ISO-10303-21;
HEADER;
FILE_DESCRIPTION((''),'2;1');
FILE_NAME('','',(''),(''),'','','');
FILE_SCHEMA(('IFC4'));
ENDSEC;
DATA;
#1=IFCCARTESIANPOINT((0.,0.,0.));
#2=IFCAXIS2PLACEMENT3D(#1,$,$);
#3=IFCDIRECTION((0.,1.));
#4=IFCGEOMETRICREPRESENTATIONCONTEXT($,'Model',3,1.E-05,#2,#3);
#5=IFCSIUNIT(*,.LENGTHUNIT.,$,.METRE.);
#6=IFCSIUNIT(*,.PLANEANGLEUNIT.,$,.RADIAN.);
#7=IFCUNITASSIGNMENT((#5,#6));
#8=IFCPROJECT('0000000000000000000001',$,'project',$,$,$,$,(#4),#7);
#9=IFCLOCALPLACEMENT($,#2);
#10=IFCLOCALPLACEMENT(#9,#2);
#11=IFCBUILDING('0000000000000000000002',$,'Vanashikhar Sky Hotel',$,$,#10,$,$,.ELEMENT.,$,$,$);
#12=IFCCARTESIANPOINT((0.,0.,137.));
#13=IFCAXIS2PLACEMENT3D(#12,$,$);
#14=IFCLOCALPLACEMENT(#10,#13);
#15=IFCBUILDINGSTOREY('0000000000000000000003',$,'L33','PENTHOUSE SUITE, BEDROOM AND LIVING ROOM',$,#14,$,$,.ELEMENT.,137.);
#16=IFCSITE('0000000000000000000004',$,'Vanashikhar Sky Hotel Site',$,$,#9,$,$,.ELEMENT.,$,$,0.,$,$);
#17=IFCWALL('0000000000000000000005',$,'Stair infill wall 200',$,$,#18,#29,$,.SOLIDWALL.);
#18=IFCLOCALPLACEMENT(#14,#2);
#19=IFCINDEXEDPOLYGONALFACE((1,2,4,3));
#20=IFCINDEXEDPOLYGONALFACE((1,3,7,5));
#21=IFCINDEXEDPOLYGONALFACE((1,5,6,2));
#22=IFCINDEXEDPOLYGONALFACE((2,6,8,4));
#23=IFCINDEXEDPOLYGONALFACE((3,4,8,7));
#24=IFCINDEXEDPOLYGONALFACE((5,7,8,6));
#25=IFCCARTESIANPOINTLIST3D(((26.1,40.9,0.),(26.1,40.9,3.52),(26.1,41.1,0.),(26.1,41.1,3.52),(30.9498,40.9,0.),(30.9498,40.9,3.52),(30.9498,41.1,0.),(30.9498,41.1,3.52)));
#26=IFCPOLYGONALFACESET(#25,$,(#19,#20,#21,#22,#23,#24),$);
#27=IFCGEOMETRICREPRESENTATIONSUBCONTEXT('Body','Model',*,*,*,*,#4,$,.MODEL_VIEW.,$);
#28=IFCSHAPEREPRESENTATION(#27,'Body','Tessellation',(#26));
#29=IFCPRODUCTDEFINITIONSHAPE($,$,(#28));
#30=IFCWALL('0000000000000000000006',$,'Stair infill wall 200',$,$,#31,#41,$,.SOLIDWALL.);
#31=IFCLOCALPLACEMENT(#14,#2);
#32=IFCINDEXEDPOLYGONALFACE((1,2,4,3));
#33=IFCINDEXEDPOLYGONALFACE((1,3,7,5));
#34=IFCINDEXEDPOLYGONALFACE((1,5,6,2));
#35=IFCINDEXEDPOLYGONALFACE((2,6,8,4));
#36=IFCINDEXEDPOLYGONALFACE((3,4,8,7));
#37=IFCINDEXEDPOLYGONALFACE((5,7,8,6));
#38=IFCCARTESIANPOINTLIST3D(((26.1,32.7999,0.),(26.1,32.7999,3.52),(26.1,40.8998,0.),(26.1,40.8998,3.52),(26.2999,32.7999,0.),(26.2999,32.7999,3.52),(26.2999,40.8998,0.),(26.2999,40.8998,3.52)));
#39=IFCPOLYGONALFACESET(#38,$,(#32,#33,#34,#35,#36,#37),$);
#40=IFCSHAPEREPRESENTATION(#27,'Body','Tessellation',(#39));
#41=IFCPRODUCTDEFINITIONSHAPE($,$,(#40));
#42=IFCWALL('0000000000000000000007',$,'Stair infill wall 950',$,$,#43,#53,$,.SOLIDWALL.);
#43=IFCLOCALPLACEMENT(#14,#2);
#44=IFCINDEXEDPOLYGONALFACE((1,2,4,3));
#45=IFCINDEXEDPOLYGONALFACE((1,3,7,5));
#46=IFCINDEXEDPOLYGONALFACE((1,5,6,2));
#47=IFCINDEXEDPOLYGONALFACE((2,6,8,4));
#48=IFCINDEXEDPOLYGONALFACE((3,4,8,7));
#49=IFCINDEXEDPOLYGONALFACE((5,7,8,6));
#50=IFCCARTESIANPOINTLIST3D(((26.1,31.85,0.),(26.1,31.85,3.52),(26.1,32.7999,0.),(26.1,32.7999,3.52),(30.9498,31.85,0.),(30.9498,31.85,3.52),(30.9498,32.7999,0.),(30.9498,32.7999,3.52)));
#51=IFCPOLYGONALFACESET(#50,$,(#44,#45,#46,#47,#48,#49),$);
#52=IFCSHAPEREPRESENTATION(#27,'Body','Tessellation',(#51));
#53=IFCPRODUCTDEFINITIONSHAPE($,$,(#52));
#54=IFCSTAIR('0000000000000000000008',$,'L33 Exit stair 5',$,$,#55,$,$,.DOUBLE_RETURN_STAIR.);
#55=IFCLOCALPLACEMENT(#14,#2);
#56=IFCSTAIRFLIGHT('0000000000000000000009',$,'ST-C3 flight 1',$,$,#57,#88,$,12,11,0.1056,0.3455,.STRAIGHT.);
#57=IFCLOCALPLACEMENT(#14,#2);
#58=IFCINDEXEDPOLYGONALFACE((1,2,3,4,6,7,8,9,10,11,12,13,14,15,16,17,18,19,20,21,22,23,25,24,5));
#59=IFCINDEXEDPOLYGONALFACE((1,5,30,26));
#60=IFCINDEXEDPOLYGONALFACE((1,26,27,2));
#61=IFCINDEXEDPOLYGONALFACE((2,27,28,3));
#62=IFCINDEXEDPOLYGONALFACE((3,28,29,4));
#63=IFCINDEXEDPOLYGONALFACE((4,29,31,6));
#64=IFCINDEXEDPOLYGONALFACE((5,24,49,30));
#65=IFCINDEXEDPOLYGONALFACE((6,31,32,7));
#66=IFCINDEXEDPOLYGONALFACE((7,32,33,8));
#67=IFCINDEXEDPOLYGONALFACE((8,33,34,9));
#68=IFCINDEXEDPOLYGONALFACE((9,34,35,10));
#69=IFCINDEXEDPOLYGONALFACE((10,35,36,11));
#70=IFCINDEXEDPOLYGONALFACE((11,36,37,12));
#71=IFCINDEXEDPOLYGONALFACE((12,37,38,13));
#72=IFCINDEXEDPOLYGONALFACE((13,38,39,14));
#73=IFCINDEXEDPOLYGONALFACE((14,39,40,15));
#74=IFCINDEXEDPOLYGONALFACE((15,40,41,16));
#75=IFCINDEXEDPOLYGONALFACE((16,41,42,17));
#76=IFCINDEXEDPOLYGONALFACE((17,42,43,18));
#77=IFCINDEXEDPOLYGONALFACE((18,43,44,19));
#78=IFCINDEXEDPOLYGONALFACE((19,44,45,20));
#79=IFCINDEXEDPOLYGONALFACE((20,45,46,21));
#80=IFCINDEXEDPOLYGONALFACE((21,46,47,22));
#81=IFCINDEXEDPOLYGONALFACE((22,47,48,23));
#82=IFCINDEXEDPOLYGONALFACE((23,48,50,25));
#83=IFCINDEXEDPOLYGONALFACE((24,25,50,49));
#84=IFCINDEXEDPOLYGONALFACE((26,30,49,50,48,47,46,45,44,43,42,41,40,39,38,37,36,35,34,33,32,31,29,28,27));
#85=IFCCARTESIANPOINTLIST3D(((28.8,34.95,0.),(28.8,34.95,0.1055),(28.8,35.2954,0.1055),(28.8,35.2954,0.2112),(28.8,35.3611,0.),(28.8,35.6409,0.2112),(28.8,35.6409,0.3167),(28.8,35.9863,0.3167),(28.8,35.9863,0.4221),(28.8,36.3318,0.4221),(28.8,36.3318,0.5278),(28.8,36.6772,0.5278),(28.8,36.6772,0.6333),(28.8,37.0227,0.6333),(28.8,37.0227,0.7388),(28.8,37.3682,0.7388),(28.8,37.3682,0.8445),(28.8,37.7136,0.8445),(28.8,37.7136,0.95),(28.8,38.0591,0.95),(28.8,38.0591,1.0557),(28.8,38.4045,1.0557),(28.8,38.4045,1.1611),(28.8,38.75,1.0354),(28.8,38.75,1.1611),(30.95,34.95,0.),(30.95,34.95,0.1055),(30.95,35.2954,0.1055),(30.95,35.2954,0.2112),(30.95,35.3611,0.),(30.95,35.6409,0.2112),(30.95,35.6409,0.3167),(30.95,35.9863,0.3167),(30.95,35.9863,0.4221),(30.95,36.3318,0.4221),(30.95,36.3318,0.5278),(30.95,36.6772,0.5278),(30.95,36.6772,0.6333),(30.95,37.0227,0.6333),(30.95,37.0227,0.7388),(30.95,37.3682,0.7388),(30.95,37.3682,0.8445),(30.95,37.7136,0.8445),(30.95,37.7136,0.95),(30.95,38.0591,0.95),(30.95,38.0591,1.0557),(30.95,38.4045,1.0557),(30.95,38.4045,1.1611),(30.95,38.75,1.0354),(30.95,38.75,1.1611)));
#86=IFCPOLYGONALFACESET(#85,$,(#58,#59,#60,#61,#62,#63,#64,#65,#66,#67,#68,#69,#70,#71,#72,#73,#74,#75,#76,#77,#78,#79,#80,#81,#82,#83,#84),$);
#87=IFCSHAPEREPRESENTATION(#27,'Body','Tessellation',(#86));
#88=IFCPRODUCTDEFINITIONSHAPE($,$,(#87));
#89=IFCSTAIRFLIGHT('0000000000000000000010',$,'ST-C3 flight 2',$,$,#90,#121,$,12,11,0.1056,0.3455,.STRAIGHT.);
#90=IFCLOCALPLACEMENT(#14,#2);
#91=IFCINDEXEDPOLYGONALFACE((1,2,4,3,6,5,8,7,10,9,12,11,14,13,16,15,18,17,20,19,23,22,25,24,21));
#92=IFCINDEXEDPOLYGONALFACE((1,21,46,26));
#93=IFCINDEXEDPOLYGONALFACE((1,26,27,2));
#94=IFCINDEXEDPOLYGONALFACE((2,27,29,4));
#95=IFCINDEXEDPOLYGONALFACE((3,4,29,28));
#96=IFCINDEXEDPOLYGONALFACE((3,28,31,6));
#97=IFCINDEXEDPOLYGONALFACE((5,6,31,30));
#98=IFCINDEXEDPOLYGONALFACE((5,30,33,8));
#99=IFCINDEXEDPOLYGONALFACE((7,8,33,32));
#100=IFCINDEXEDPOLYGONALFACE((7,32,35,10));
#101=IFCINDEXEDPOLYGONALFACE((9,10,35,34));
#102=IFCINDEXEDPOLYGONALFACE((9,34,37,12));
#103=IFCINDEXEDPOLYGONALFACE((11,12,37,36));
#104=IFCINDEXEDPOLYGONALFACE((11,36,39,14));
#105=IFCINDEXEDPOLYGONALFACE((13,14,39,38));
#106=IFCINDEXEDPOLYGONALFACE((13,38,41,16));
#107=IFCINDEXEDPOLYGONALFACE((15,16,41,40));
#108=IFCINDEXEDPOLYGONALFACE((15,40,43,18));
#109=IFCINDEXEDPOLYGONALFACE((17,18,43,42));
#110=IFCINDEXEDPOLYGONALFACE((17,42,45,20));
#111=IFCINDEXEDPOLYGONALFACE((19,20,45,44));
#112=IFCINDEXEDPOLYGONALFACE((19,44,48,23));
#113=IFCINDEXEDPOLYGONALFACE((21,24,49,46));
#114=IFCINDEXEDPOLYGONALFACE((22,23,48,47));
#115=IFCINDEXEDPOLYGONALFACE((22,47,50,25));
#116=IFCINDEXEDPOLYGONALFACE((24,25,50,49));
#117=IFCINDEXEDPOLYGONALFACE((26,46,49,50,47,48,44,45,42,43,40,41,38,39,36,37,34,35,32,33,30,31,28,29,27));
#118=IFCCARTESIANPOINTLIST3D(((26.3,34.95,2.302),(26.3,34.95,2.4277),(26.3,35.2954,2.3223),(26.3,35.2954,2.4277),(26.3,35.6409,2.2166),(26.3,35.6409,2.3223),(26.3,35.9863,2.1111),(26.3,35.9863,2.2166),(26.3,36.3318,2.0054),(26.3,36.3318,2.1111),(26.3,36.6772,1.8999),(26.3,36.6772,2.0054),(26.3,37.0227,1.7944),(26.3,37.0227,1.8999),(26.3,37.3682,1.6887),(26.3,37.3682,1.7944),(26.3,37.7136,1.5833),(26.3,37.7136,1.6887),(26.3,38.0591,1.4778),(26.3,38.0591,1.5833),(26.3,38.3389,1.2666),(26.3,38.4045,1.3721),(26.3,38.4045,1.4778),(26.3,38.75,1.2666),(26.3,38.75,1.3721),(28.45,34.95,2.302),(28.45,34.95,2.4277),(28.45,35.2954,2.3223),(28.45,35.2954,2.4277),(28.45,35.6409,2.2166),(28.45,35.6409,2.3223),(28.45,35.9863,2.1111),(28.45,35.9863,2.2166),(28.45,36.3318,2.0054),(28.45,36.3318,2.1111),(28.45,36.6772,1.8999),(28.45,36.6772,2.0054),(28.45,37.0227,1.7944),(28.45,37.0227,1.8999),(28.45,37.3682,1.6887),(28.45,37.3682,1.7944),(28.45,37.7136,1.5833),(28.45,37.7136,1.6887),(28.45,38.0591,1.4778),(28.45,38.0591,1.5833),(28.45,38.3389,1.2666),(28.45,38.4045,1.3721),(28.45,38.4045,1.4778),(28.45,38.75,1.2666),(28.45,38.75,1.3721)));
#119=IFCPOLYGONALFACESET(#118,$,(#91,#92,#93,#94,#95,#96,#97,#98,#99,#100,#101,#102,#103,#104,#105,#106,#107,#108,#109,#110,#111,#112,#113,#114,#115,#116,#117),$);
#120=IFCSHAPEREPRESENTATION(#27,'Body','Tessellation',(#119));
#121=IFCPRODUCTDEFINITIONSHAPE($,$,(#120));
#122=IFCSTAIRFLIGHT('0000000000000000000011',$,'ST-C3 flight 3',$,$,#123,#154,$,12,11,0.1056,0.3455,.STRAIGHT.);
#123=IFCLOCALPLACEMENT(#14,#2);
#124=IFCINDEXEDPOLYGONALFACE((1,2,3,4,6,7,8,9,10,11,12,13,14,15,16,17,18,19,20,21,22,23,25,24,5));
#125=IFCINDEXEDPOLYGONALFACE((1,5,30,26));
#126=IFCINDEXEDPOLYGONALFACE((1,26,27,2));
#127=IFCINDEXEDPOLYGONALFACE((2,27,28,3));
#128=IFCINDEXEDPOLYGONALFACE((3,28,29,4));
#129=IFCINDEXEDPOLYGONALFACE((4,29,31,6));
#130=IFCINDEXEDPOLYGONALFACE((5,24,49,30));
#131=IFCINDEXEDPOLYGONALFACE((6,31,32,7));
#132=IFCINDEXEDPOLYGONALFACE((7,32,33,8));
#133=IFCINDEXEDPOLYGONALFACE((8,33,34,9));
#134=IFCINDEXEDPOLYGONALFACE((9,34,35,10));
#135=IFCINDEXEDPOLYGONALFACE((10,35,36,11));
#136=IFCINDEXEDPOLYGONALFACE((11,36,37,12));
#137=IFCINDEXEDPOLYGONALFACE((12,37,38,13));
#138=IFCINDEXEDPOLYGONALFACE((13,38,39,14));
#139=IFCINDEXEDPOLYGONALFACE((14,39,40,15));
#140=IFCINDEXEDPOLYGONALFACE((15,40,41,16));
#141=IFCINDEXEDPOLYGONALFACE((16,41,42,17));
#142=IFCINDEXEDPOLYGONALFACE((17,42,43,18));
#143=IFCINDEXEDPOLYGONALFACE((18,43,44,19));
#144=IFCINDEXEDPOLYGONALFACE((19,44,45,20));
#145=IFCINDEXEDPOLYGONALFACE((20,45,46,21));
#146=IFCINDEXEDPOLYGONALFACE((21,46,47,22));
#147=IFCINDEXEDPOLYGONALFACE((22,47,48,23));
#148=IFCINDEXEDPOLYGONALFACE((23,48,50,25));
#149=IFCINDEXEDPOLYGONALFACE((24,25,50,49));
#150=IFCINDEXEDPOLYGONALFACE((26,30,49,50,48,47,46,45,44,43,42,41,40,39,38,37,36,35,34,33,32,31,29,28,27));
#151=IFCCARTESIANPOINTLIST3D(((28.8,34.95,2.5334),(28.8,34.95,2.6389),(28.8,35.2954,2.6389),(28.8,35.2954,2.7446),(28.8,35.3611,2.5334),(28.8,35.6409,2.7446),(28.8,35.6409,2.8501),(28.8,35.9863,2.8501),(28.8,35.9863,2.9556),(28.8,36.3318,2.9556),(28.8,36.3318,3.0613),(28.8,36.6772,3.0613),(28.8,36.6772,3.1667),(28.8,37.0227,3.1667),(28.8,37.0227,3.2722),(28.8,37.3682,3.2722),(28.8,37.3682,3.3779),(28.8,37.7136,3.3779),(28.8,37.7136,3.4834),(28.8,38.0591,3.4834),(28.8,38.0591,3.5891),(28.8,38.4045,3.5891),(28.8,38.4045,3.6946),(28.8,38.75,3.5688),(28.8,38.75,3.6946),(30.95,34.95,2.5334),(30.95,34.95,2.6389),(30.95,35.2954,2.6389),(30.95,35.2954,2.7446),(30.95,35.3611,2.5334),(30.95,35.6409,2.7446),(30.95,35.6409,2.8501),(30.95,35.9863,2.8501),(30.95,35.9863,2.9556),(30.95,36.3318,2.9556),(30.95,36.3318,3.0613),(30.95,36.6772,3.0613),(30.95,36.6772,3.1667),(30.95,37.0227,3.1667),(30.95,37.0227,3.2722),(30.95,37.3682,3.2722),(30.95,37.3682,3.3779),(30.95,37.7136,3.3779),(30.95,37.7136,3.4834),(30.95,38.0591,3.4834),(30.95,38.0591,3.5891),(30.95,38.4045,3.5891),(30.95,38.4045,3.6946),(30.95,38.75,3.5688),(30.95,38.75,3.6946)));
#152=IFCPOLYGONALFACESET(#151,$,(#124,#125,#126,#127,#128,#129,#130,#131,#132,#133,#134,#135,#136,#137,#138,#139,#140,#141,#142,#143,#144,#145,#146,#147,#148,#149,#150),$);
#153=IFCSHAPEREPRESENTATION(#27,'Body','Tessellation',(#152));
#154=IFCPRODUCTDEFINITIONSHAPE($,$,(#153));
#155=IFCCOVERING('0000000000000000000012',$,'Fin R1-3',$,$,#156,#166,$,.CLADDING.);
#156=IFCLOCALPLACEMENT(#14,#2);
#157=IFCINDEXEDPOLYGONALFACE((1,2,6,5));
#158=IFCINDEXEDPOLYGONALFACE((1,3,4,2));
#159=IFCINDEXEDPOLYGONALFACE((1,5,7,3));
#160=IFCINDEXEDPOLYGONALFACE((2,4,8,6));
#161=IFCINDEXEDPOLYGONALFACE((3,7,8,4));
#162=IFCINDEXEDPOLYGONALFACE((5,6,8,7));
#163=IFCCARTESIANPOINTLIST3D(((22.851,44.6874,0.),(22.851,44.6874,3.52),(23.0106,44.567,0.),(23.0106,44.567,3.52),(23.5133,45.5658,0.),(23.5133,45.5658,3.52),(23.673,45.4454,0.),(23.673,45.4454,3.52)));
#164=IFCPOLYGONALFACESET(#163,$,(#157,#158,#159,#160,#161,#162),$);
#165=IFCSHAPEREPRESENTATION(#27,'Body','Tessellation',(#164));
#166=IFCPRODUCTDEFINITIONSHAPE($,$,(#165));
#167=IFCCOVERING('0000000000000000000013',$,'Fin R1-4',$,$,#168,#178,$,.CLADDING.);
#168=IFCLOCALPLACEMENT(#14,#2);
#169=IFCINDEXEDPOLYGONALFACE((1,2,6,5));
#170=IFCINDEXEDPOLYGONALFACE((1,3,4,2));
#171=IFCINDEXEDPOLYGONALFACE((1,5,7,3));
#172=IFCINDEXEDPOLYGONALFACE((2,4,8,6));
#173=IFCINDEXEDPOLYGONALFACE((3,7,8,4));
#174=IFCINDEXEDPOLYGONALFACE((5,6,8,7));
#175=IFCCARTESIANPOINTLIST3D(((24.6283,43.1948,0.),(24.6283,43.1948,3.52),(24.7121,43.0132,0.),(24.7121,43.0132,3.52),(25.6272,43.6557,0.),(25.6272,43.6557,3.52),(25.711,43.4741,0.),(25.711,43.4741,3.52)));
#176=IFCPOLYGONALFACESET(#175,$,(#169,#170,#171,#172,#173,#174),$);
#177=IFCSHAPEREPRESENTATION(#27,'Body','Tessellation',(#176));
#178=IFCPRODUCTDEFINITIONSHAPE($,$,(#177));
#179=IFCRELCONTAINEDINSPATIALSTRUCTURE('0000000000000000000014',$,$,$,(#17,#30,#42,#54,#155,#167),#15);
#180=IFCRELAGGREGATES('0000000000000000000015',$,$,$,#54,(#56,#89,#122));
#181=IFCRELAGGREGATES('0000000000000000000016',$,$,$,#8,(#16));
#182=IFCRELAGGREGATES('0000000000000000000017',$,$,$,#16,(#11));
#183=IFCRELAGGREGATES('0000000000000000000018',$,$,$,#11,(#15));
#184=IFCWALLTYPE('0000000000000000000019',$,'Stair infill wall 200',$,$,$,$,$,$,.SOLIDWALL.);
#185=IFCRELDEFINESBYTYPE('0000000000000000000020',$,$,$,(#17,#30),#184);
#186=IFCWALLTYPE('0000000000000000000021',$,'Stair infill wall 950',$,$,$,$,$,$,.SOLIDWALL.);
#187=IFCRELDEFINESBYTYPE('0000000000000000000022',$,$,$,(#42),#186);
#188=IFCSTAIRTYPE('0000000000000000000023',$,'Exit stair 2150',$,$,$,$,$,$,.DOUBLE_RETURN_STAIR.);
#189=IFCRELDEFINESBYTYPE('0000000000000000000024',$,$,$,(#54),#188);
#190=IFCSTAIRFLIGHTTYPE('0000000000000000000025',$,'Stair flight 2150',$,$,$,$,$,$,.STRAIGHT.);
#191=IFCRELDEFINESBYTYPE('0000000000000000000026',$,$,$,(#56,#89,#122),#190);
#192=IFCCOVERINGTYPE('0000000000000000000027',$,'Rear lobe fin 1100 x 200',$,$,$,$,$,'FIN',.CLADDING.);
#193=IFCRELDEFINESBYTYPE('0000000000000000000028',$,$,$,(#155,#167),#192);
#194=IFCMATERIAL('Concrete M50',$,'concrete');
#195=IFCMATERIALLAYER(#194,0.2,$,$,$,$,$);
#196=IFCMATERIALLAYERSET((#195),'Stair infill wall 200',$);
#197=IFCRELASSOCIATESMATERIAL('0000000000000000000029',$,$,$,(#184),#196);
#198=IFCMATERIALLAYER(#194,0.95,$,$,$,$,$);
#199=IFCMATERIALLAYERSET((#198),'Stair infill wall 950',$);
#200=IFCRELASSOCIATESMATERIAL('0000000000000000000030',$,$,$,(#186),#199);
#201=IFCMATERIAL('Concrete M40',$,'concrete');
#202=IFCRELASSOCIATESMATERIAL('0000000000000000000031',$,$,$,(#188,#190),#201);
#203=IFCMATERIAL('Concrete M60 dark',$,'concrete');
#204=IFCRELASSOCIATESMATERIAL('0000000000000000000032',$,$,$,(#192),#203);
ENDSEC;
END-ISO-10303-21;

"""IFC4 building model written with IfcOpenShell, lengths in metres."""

from ifc_helpers import new_model, si_unit, direction, frame, frame_2d, origin, origin_2d, place, context, subcontext, project, spatial, polyline, rectangle, outline, extrude, source, transform, mapped, material, layer, layer_set, material_profile, profile_set, type_object, element, aggregate, save


model = new_model("IFC4")

# Units and contexts
model_context = context("Model", 3, precision=1e-05, world=origin(), true_north=direction((0.0, 1.0)))
body_context = subcontext(model_context, "Body", "Model", "MODEL_VIEW")
ifc_project = project(units=[si_unit("LENGTHUNIT", "METRE"), si_unit("PLANEANGLEUNIT", "RADIAN")], contexts=[model_context])

# Site, building, storey
site_placement = place(None, origin())
site = spatial("IfcSite", under=ifc_project, at=site_placement, Name="Vanashikhar Sky Hotel Site", CompositionType="ELEMENT", RefElevation=0.0)
building_placement = place(site_placement, origin())
building = spatial("IfcBuilding", under=site, at=building_placement, Name="Vanashikhar Sky Hotel", CompositionType="ELEMENT")
storey_placement = place(building_placement, frame((0.0, 0.0, 137.0)))
storey = spatial("IfcBuildingStorey", under=building, at=storey_placement, Name="L33", Description="PENTHOUSE SUITE, BEDROOM AND LIVING ROOM", CompositionType="ELEMENT", Elevation=137.0)

# Shared definitions
ifc_material_1 = material(Name="Concrete M50", Category="concrete")

# Shared definitions
ifc_material_2 = material(Name="Concrete M40", Category="concrete")

# Walls
ifc_layer_1 = layer(ifc_material_1, 0.2)
ifc_layer_set_1 = layer_set([ifc_layer_1], Name="Stair infill wall 200")
wall_type_1 = type_object("IfcWallType", Name="Stair infill wall 200", PredefinedType="SOLIDWALL", material=ifc_layer_set_1)
shared_shape_1 = source(origin(), body_context, "Body", "SweptSolid", [
    extrude(rectangle(XDim=4.8499, YDim=0.2, at=frame_2d((2.4248, 0.0))), origin(), (0.0, 0.0, 1.0), 3.52),
])
wall_1_placement = place(storey_placement, frame((26.1001, 41.0, 0.0), z_axis=(0.0, 0.0, 1.0), x_axis=(1.0, 0.0, 0.0)))
element("IfcWall", 1, at=wall_1_placement, inside=storey, type_object=wall_type_1, Name="Stair infill wall 200", PredefinedType="SOLIDWALL", context=body_context, shape_type="MappedRepresentation", body=[
    mapped(shared_shape_1, transform((0.0, 0.0, 0.0), scale=1.0)),
])
shared_shape_2 = source(origin(), body_context, "Body", "SweptSolid", [
    extrude(rectangle(XDim=8.0999, YDim=0.2, at=frame_2d((4.0498, 0.0))), origin(), (0.0, 0.0, 1.0), 3.52),
])
wall_2_placement = place(storey_placement, frame((26.2, 32.8, 0.0), z_axis=(0.0, 0.0, 1.0), x_axis=(0.0, 1.0, 0.0)))
element("IfcWall", 2, at=wall_2_placement, inside=storey, type_object=wall_type_1, Name="Stair infill wall 200", PredefinedType="SOLIDWALL", context=body_context, shape_type="MappedRepresentation", body=[
    mapped(shared_shape_2, transform((0.0, 0.0, 0.0), scale=1.0)),
])
ifc_layer_2 = layer(ifc_material_1, 0.95)
ifc_layer_set_2 = layer_set([ifc_layer_2], Name="Stair infill wall 950")
wall_type_2 = type_object("IfcWallType", Name="Stair infill wall 950", PredefinedType="SOLIDWALL", material=ifc_layer_set_2)
shared_shape_3 = source(origin(), body_context, "Body", "SweptSolid", [
    extrude(rectangle(XDim=4.8499, YDim=0.95, at=frame_2d((2.4248, 0.0))), origin(), (0.0, 0.0, 1.0), 3.52),
])
wall_3_placement = place(storey_placement, frame((26.1001, 32.325, 0.0), z_axis=(0.0, 0.0, 1.0), x_axis=(1.0, 0.0, 0.0)))
element("IfcWall", 3, at=wall_3_placement, inside=storey, type_object=wall_type_2, Name="Stair infill wall 950", PredefinedType="SOLIDWALL", context=body_context, shape_type="MappedRepresentation", body=[
    mapped(shared_shape_3, transform((0.0, 0.0, 0.0), scale=1.0)),
])

# Stair, stair flights
stair_type = type_object("IfcStairType", Name="Exit stair 2150", PredefinedType="DOUBLE_RETURN_STAIR", material=ifc_material_2)
stair_placement = place(storey_placement, origin())
stair = element("IfcStair", 4, at=stair_placement, inside=storey, type_object=stair_type, Name="L33 Exit stair 5", PredefinedType="DOUBLE_RETURN_STAIR")
stair_flight_type = type_object("IfcStairFlightType", Name="Stair flight 2150", PredefinedType="STRAIGHT", material=ifc_material_2)
shared_shape_4 = source(origin(), body_context, "Body", "SweptSolid", [
    extrude(outline(polyline([(0.0, 0.0), (0.0, 0.1055), (0.3455, 0.1055), (0.3455, 0.2112), (0.6909, 0.2112), (0.6909, 0.3167), (1.0364, 0.3167), (1.0364, 0.4221), (1.3818, 0.4221), (1.3818, 0.5278), (1.7273, 0.5278), (1.7273, 0.6333), (2.0728, 0.6333), (2.0728, 0.7388), (2.4182, 0.7388), (2.4182, 0.8445), (2.7637, 0.8445), (2.7637, 0.95), (3.1091, 0.95), (3.1091, 1.0557), (3.4546, 1.0557), (3.4546, 1.1611), (3.8, 1.1611), (3.8, 1.2666), (3.8, 1.0354), (0.4111, 0.0), (0.0, 0.0)])), frame((0.0, 1.075, 0.0), z_axis=(0.0, -1.0, 0.0), x_axis=(1.0, 0.0, 0.0)), (0.0, 0.0, 1.0), 2.1499),
])
stair_flight_1_placement = place(storey_placement, frame((29.875, 34.95, 0.0), z_axis=(0.0, 0.0, 1.0), x_axis=(0.0, 1.0, 0.0)))
stair_flight_1 = element("IfcStairFlight", 5, at=stair_flight_1_placement, type_object=stair_flight_type, Name="ST-C3 flight 1", NumberOfRisers=12, NumberOfTreads=11, PredefinedType="STRAIGHT", RiserHeight=0.1056, TreadLength=0.3455, context=body_context, shape_type="MappedRepresentation", body=[
    mapped(shared_shape_4, transform((0.0, 0.0, 0.0), scale=1.0)),
])
stair_flight_2_placement = place(storey_placement, frame((27.375, 38.75, 1.2666), z_axis=(0.0, 0.0, 1.0), x_axis=(0.0, -1.0, 0.0)))
stair_flight_2 = element("IfcStairFlight", 6, at=stair_flight_2_placement, type_object=stair_flight_type, Name="ST-C3 flight 2", NumberOfRisers=12, NumberOfTreads=11, PredefinedType="STRAIGHT", RiserHeight=0.1056, TreadLength=0.3455, context=body_context, shape_type="MappedRepresentation", body=[
    mapped(shared_shape_4, transform((0.0, 0.0, 0.0), scale=1.0)),
])
stair_flight_3_placement = place(storey_placement, frame((29.875, 34.95, 2.5334), z_axis=(0.0, 0.0, 1.0), x_axis=(0.0, 1.0, 0.0)))
stair_flight_3 = element("IfcStairFlight", 7, at=stair_flight_3_placement, type_object=stair_flight_type, Name="ST-C3 flight 3", NumberOfRisers=12, NumberOfTreads=11, PredefinedType="STRAIGHT", RiserHeight=0.1056, TreadLength=0.3455, context=body_context, shape_type="MappedRepresentation", body=[
    mapped(shared_shape_4, transform((0.0, 0.0, 0.0), scale=1.0)),
])
aggregate(stair, [stair_flight_1, stair_flight_2, stair_flight_3])

# Coverings
ifc_material_3 = material(Name="Concrete M60 dark", Category="concrete")
ifc_material_profile = material_profile(ifc_material_3, rectangle(XDim=1.1001, YDim=0.2, at=origin_2d()))
ifc_profile_set = profile_set([ifc_material_profile], Name="Rear lobe fin 1100 x 200")
covering_type = type_object("IfcCoveringType", Name="Rear lobe fin 1100 x 200", ElementType="FIN", PredefinedType="CLADDING", material=ifc_profile_set)
shared_shape_5 = source(origin(), body_context, "Body", "SweptSolid", [
    extrude(rectangle(XDim=1.1001, YDim=0.2, at=origin_2d()), origin(), (0.0, 0.0, 1.0), 3.52),
])
for number, where, z_axis, x_axis, name in (
    (8, (23.262, 45.0664, 0.0), (0.0, 0.0, 1.0), (0.602066, 0.798446, 0.0), "Fin R1-3"),
    (9, (25.1697, 43.3345, 0.0), (0.0, 0.0, 1.0), (0.908004, 0.418961, 0.0), "Fin R1-4"),
):
    element("IfcCovering", number, at=place(storey_placement, frame(where, z_axis=z_axis, x_axis=x_axis)), inside=storey, type_object=covering_type, Name=name, PredefinedType="CLADDING", context=body_context, shape_type="MappedRepresentation", body=[
        mapped(shared_shape_5, transform((0.0, 0.0, 0.0), scale=1.0)),
    ])

save(model, "model.ifc")
